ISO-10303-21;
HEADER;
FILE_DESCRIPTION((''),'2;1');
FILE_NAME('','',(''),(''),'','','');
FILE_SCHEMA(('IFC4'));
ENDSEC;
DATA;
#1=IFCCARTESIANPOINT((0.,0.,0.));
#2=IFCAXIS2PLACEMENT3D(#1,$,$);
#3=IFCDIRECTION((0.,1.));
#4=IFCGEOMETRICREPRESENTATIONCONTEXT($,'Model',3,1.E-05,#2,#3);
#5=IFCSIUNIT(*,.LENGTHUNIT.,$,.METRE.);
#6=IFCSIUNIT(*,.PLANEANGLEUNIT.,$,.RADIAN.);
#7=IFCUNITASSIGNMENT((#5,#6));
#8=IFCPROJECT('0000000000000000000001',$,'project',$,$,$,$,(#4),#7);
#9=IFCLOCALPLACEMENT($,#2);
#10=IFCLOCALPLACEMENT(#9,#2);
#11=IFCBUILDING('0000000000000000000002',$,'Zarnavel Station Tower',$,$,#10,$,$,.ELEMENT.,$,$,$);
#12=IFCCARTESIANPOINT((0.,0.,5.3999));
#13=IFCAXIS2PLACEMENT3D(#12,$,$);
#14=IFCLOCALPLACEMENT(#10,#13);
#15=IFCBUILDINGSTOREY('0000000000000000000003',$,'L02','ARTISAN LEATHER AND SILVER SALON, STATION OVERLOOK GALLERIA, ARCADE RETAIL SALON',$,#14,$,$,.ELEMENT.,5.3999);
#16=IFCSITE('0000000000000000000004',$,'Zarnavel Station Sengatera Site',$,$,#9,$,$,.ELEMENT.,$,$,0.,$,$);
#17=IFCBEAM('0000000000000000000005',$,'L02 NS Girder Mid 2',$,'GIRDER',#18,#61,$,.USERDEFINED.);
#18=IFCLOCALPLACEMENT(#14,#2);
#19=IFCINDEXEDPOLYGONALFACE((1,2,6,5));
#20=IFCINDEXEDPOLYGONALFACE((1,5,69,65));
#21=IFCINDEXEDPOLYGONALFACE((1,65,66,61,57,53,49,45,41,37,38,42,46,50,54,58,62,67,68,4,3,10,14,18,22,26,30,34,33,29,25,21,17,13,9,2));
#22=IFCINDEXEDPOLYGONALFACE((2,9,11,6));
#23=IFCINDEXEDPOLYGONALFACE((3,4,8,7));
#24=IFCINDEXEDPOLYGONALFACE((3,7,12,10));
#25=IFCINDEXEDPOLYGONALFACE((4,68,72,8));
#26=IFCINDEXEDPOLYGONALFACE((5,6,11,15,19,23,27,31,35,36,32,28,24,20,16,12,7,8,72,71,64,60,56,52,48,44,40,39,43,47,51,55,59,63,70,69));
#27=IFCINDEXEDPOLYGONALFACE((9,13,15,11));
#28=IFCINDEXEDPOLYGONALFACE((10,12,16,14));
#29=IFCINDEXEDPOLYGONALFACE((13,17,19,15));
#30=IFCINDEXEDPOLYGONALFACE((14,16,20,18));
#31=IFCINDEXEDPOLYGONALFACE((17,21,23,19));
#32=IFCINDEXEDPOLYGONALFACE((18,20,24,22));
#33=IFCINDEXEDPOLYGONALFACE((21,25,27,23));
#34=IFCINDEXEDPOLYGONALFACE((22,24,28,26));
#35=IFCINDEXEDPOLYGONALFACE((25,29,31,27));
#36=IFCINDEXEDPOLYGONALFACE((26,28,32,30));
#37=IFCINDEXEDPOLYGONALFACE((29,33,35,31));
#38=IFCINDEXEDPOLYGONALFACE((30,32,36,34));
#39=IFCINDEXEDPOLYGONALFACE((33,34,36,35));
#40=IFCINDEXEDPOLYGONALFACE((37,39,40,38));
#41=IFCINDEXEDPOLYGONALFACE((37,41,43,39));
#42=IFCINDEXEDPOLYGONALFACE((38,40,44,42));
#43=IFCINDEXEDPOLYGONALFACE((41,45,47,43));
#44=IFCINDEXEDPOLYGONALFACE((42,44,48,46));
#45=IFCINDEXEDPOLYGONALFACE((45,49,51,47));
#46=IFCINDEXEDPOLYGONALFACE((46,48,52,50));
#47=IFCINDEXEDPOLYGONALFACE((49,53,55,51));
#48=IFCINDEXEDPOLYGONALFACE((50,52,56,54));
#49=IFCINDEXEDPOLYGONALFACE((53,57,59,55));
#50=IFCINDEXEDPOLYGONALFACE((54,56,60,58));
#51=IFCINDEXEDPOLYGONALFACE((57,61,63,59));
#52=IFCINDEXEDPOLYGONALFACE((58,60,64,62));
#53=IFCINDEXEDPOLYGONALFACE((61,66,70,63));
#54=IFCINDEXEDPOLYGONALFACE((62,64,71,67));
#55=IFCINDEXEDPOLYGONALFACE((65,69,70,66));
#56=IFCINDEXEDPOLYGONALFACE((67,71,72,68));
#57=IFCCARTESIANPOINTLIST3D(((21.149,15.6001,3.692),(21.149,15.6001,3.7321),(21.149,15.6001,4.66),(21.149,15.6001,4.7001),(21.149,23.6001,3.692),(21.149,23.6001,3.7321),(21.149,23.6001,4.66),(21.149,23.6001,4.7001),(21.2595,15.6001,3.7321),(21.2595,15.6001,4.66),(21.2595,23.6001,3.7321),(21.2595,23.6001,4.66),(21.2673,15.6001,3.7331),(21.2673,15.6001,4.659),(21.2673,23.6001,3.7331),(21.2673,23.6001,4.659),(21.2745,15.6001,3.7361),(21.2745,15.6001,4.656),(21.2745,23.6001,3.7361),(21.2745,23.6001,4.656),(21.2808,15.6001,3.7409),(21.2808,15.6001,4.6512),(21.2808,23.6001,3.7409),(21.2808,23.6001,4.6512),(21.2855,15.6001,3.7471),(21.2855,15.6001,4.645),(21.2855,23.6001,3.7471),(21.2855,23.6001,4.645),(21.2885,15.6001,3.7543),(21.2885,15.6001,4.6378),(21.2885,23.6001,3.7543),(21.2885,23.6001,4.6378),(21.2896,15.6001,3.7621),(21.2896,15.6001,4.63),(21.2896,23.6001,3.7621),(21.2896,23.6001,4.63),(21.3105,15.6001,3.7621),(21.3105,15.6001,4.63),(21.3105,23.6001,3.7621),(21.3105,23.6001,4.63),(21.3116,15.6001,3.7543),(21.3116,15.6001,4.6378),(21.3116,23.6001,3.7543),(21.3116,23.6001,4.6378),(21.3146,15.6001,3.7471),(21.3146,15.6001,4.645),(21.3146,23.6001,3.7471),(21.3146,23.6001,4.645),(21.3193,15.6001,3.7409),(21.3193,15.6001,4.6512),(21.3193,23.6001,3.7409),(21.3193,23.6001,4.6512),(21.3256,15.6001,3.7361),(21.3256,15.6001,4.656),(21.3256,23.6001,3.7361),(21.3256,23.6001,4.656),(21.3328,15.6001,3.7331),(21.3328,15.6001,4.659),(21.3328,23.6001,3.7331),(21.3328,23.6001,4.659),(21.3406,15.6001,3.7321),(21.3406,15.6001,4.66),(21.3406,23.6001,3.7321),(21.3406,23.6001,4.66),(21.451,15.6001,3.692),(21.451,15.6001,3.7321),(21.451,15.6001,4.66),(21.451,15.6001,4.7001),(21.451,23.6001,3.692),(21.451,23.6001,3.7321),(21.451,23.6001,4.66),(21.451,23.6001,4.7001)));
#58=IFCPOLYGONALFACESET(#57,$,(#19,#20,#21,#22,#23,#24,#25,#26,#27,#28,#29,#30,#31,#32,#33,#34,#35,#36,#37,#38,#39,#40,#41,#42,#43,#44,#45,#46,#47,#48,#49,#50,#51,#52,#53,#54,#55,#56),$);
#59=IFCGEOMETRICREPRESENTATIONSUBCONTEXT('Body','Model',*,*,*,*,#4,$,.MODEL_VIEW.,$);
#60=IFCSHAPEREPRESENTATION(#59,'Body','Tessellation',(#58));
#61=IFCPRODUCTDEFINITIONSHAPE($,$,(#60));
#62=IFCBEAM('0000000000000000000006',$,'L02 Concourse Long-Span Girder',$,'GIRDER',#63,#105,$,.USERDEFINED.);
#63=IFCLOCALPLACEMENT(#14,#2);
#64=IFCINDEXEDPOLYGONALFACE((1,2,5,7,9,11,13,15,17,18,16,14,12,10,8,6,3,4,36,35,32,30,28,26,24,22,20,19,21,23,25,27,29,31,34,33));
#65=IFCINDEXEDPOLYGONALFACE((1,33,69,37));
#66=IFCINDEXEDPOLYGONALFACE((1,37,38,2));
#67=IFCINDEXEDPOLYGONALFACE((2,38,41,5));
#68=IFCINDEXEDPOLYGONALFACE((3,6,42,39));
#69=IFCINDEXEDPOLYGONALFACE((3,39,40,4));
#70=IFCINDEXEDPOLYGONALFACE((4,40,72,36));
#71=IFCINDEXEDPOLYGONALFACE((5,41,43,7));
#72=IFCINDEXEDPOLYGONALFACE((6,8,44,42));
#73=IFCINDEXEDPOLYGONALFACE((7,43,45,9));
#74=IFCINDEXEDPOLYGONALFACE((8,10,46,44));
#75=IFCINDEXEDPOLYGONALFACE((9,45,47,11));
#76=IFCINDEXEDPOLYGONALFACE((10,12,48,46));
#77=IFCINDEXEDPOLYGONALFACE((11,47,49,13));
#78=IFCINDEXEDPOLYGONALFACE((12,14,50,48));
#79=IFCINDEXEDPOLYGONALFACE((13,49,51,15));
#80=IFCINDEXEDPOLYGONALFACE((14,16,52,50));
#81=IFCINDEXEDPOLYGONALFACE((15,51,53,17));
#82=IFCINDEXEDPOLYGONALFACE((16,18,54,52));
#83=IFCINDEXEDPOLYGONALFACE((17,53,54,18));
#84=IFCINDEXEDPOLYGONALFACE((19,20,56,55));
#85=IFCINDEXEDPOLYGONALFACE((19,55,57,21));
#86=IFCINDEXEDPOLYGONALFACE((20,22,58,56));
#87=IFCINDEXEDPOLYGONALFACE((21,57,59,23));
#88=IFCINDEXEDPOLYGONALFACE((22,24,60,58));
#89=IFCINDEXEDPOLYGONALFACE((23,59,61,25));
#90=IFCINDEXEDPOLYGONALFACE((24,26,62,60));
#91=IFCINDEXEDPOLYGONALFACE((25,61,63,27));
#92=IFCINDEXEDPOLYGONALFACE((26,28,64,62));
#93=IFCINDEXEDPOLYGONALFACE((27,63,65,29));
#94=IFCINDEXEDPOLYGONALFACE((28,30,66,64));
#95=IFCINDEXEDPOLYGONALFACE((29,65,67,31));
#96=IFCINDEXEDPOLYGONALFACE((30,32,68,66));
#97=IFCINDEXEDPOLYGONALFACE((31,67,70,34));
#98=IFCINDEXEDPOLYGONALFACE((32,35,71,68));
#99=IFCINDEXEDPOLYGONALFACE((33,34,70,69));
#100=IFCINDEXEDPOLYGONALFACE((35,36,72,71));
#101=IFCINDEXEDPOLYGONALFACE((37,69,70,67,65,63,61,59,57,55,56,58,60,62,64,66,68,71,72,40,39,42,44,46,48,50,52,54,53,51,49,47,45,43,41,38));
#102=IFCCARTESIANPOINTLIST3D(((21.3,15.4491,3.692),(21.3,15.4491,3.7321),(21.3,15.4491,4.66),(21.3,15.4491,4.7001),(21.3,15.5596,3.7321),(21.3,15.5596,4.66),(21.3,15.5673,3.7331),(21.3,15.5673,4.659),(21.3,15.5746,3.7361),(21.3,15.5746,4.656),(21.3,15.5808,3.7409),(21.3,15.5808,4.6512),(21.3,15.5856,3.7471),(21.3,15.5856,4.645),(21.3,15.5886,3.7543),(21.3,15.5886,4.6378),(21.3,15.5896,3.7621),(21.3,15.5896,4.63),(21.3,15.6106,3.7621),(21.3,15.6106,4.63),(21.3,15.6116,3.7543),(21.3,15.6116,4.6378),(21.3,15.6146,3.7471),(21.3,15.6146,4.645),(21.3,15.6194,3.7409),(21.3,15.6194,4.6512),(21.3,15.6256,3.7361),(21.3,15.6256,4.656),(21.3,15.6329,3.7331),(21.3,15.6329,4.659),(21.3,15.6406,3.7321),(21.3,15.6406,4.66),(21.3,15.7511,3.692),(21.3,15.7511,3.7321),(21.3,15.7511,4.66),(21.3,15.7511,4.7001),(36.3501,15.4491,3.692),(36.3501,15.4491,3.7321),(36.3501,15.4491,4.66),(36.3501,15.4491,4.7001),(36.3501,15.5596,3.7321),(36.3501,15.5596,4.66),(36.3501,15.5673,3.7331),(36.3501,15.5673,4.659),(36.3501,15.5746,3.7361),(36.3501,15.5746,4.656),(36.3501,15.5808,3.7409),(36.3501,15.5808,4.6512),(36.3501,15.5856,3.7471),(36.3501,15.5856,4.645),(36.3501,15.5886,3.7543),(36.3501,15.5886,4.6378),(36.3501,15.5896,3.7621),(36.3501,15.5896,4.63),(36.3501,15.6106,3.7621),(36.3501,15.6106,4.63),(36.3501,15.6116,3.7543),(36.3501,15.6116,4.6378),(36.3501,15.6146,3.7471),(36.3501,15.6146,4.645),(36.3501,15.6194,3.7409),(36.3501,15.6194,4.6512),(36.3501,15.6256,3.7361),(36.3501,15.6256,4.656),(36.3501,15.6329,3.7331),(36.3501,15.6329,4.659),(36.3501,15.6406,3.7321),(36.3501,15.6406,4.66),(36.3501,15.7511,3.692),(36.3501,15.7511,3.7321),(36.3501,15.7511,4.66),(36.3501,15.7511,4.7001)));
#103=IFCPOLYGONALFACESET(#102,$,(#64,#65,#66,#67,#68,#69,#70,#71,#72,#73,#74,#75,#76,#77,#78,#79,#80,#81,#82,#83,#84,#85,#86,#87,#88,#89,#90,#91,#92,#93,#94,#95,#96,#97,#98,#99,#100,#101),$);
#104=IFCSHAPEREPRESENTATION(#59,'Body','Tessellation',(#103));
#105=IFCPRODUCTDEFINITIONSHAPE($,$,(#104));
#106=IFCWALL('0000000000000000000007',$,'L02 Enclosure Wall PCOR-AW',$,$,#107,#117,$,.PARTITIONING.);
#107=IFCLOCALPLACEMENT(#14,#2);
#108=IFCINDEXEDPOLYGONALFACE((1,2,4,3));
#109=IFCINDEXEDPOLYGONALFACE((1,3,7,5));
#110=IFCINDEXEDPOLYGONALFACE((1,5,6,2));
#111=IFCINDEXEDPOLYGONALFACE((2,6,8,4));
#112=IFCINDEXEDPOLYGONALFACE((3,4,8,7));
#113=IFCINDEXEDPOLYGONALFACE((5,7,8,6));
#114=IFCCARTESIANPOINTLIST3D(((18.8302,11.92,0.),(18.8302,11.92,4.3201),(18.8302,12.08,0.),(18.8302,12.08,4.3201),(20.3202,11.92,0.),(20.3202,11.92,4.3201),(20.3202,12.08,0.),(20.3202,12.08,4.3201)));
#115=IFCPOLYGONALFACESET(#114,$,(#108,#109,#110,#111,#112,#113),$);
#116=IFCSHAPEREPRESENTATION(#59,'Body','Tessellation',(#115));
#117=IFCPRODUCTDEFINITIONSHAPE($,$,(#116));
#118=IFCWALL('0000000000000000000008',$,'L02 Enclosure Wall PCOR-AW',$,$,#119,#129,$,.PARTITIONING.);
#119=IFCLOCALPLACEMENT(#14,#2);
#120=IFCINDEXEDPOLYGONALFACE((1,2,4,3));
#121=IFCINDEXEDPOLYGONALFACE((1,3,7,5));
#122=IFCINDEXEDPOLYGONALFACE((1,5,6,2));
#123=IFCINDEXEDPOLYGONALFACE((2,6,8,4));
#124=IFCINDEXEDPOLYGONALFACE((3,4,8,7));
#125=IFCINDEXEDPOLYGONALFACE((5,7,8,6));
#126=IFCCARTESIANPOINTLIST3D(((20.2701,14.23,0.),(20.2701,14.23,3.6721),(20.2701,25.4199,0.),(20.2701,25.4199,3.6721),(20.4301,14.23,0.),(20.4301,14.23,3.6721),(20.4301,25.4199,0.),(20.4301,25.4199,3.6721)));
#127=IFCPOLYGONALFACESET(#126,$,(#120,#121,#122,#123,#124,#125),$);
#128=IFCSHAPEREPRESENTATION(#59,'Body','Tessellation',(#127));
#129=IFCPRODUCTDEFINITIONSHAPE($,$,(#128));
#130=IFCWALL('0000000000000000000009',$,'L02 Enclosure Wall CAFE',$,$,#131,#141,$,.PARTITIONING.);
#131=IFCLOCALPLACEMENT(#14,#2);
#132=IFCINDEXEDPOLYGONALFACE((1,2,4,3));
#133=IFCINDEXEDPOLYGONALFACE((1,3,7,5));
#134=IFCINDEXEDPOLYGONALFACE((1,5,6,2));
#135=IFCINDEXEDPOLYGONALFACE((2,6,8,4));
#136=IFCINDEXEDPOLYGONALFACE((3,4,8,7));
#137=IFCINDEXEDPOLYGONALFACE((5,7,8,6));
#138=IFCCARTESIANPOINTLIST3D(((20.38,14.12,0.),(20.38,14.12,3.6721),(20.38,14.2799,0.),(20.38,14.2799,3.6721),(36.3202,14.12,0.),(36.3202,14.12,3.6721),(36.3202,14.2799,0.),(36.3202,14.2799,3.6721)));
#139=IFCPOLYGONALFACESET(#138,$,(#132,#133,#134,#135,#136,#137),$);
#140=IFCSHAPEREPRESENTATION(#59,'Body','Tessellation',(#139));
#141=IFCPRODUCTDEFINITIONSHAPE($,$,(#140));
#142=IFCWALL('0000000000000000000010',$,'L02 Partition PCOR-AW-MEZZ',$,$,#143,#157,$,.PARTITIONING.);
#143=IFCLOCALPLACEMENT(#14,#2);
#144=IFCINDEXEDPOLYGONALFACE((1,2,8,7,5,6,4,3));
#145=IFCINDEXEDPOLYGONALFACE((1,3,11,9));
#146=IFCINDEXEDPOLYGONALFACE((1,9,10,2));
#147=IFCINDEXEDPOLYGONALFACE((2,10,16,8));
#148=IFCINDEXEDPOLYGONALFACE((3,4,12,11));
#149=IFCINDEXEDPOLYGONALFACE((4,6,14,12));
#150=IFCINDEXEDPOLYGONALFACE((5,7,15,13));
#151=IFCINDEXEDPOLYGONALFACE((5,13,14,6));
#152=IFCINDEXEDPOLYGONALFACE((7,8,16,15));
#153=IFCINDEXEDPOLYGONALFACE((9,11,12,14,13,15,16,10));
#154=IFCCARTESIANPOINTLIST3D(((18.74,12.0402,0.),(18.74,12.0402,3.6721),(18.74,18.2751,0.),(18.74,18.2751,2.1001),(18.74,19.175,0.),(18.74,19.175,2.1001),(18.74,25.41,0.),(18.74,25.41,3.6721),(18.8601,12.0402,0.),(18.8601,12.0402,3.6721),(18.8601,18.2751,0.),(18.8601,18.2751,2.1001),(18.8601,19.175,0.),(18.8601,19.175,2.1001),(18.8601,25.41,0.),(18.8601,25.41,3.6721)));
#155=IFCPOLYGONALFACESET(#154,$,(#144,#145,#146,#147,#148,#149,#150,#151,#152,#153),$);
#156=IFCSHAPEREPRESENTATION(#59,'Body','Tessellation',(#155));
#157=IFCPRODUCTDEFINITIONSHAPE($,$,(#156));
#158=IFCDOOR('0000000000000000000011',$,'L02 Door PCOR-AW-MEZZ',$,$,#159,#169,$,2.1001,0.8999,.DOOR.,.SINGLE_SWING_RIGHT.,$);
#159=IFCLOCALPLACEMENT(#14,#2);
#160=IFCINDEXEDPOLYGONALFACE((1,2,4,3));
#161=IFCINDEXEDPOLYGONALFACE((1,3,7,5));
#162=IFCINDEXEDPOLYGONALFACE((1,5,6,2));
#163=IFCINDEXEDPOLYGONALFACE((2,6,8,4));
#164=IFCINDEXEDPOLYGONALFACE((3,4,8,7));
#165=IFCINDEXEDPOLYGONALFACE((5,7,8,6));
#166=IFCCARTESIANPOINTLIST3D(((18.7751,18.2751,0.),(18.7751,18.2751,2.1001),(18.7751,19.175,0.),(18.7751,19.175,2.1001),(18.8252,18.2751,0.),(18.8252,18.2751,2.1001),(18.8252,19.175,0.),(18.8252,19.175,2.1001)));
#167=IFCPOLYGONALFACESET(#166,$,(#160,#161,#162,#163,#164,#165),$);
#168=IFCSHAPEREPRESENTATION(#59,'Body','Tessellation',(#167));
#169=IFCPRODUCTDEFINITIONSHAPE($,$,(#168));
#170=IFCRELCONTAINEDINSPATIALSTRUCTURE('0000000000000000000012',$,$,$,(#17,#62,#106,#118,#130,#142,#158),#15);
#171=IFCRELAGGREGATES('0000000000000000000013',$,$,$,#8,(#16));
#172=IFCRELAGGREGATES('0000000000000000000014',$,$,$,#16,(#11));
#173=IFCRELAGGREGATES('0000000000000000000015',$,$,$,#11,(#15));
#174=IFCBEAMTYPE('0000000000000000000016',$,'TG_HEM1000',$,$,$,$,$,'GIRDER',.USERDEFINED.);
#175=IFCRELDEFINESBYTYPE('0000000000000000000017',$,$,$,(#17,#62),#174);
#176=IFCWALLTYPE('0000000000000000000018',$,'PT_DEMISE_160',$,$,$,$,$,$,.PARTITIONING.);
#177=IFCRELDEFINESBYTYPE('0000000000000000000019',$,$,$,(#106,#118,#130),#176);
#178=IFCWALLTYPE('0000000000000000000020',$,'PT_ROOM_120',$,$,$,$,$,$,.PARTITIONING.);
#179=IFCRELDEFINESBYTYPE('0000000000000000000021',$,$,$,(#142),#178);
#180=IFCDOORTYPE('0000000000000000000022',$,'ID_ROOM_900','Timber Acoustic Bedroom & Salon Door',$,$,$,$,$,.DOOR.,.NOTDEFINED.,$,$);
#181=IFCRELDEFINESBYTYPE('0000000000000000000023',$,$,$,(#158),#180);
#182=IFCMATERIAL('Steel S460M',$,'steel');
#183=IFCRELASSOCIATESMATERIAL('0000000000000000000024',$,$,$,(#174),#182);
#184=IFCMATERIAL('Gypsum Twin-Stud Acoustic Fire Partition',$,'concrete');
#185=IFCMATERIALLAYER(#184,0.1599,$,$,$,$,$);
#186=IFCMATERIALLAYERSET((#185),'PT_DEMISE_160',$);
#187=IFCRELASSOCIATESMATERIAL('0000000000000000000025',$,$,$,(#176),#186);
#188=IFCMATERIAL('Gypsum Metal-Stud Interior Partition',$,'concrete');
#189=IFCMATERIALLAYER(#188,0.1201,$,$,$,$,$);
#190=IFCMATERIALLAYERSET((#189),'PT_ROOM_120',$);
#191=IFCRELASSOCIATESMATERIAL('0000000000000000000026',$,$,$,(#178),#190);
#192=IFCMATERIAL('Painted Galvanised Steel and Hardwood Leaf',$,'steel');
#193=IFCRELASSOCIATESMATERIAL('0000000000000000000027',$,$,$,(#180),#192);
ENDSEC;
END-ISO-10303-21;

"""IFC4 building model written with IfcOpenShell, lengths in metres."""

from ifc_helpers import new_model, si_unit, direction, frame, frame_2d, origin, origin_2d, place, context, subcontext, project, spatial, rectangle, i_section, extrude, material, layer, layer_set, material_profile, profile_set, type_object, element, fill, save


model = new_model("IFC4")

# Units and contexts
model_context = context("Model", 3, precision=1e-05, world=origin(), true_north=direction((0.0, 1.0)))
body_context = subcontext(model_context, "Body", "Model", "MODEL_VIEW")
ifc_project = project(units=[si_unit("LENGTHUNIT", "METRE"), si_unit("PLANEANGLEUNIT", "RADIAN")], contexts=[model_context])

# Site, building, storey
site_placement = place(None, origin())
site = spatial("IfcSite", under=ifc_project, at=site_placement, Name="Zarnavel Station Sengatera Site", CompositionType="ELEMENT", RefElevation=0.0)
building_placement = place(site_placement, origin())
building = spatial("IfcBuilding", under=site, at=building_placement, Name="Zarnavel Station Tower", CompositionType="ELEMENT")
storey_placement = place(building_placement, frame((0.0, 0.0, 5.3999)))
storey = spatial("IfcBuildingStorey", under=building, at=storey_placement, Name="L02", Description="ARTISAN LEATHER AND SILVER SALON, STATION OVERLOOK GALLERIA, ARCADE RETAIL SALON", CompositionType="ELEMENT", Elevation=5.3999)

# Beams
ifc_material_1 = material(Name="Steel S460M", Category="steel")
ifc_material_profile_1 = material_profile(ifc_material_1, i_section(OverallWidth=0.302, OverallDepth=1.0081, WebThickness=0.021, FlangeThickness=0.04, FilletRadius=0.03, at=origin_2d()), Name="HEM1000")
ifc_profile_set_1 = profile_set([ifc_material_profile_1], Name="Steel S460M")
beam_type_1 = type_object("IfcBeamType", Name="TG_HEM1000", ElementType="GIRDER", PredefinedType="USERDEFINED", material=ifc_profile_set_1)
beam_1_placement = place(storey_placement, frame((21.3, 15.6001, 4.196), z_axis=(0.0, 1.0, 0.0), x_axis=(-1.0, 0.0, 0.0)))
element("IfcBeam", 1, at=beam_1_placement, inside=storey, type_object=beam_type_1, Name="L02 NS Girder Mid 2", ObjectType="GIRDER", PredefinedType="USERDEFINED", context=body_context, shape_type="SweptSolid", body=[
    extrude(i_section(OverallWidth=0.302, OverallDepth=1.0081, WebThickness=0.021, FlangeThickness=0.04, FilletRadius=0.03, at=origin_2d()), origin(), (0.0, 0.0, 1.0), 8.0),
])
beam_2_placement = place(storey_placement, frame((21.3, 15.6001, 4.196), z_axis=(1.0, 0.0, 0.0), x_axis=(0.0, 1.0, 0.0)))
element("IfcBeam", 2, at=beam_2_placement, inside=storey, type_object=beam_type_1, Name="L02 Concourse Long-Span Girder", ObjectType="GIRDER", PredefinedType="USERDEFINED", context=body_context, shape_type="SweptSolid", body=[
    extrude(i_section(OverallWidth=0.302, OverallDepth=1.0081, WebThickness=0.021, FlangeThickness=0.04, FilletRadius=0.03, at=origin_2d()), origin(), (0.0, 0.0, 1.0), 15.05),
])

# Walls
ifc_material_2 = material(Name="Gypsum Twin-Stud Acoustic Fire Partition", Category="concrete")
ifc_layer_1 = layer(ifc_material_2, 0.1599)
ifc_layer_set_1 = layer_set([ifc_layer_1], Name="PT_DEMISE_160")
wall_type_1 = type_object("IfcWallType", Name="PT_DEMISE_160", PredefinedType="PARTITIONING", material=ifc_layer_set_1)
wall_1_placement = place(storey_placement, frame((18.8301, 12.0, 0.0), z_axis=(0.0, 0.0, 1.0), x_axis=(1.0, 0.0, 0.0)))
element("IfcWall", 3, at=wall_1_placement, inside=storey, type_object=wall_type_1, Name="L02 Enclosure Wall PCOR-AW", PredefinedType="PARTITIONING", context=body_context, shape_type="SweptSolid", body=[
    extrude(rectangle(XDim=1.49, YDim=0.1599, at=frame_2d((0.7451, 0.0))), origin(), (0.0, 0.0, 1.0), 4.3201),
])
wall_2_placement = place(storey_placement, frame((20.3501, 14.23, 0.0), z_axis=(0.0, 0.0, 1.0), x_axis=(0.0, 1.0, 0.0)))
element("IfcWall", 4, at=wall_2_placement, inside=storey, type_object=wall_type_1, Name="L02 Enclosure Wall PCOR-AW", PredefinedType="PARTITIONING", context=body_context, shape_type="SweptSolid", body=[
    extrude(rectangle(XDim=11.1899, YDim=0.1599, at=frame_2d((5.595, 0.0))), origin(), (0.0, 0.0, 1.0), 3.6721),
])
wall_3_placement = place(storey_placement, frame((20.3799, 14.2, 0.0), z_axis=(0.0, 0.0, 1.0), x_axis=(1.0, 0.0, 0.0)))
element("IfcWall", 5, at=wall_3_placement, inside=storey, type_object=wall_type_1, Name="L02 Enclosure Wall CAFE", PredefinedType="PARTITIONING", context=body_context, shape_type="SweptSolid", body=[
    extrude(rectangle(XDim=15.9402, YDim=0.1599, at=frame_2d((7.9702, 0.0))), origin(), (0.0, 0.0, 1.0), 3.6721),
])

# Wall, opening, door
ifc_material_3 = material(Name="Gypsum Metal-Stud Interior Partition", Category="concrete")
ifc_layer_2 = layer(ifc_material_3, 0.1201)
ifc_layer_set_2 = layer_set([ifc_layer_2], Name="PT_ROOM_120")
wall_type_2 = type_object("IfcWallType", Name="PT_ROOM_120", PredefinedType="PARTITIONING", material=ifc_layer_set_2)
wall_4_placement = place(storey_placement, frame((18.8, 12.04, 0.0), z_axis=(0.0, 0.0, 1.0), x_axis=(0.0, 1.0, 0.0)))
wall_4 = element("IfcWall", 6, at=wall_4_placement, inside=storey, type_object=wall_type_2, Name="L02 Partition PCOR-AW-MEZZ", PredefinedType="PARTITIONING", context=body_context, shape_type="SweptSolid", body=[
    extrude(rectangle(XDim=13.3699, YDim=0.1201, at=frame_2d((6.6851, 0.0))), origin(), (0.0, 0.0, 1.0), 3.6721),
])
opening_1_placement = place(wall_4_placement, frame((6.2351, 0.0, 0.0)))
opening_1 = element("IfcOpeningElement", 7, at=opening_1_placement, cuts=wall_4, PredefinedType="OPENING", context=body_context, shape_type="SweptSolid", body=[
    extrude(rectangle(XDim=0.8999, YDim=2.1001, at=frame_2d((0.45, 1.05))), frame((0.0, 0.0701, 0.0), z_axis=(0.0, -1.0, 0.0), x_axis=(1.0, 0.0, 0.0)), (0.0, 0.0, 1.0), 0.1401),
])
ifc_material_4 = material(Name="Painted Galvanised Steel and Hardwood Leaf", Category="steel")
door_type = type_object("IfcDoorType", Name="ID_ROOM_900", Description="Timber Acoustic Bedroom & Salon Door", OperationType="NOTDEFINED", PredefinedType="DOOR", material=ifc_material_4)
door_1_placement = place(opening_1_placement, origin())
door_1 = element("IfcDoor", 8, at=door_1_placement, inside=storey, type_object=door_type, Name="L02 Door PCOR-AW-MEZZ", OperationType="SINGLE_SWING_RIGHT", OverallHeight=2.1001, OverallWidth=0.8999, PredefinedType="DOOR", context=body_context, shape_type="SweptSolid", body=[
    extrude(rectangle(XDim=0.8999, YDim=2.1001, at=frame_2d((0.45, 1.05))), frame((0.0, 0.0249, 0.0), z_axis=(0.0, -1.0, 0.0), x_axis=(1.0, 0.0, 0.0)), (0.0, 0.0, 1.0), 0.05),
])
fill(opening_1, door_1)

save(model, "model.ifc")
